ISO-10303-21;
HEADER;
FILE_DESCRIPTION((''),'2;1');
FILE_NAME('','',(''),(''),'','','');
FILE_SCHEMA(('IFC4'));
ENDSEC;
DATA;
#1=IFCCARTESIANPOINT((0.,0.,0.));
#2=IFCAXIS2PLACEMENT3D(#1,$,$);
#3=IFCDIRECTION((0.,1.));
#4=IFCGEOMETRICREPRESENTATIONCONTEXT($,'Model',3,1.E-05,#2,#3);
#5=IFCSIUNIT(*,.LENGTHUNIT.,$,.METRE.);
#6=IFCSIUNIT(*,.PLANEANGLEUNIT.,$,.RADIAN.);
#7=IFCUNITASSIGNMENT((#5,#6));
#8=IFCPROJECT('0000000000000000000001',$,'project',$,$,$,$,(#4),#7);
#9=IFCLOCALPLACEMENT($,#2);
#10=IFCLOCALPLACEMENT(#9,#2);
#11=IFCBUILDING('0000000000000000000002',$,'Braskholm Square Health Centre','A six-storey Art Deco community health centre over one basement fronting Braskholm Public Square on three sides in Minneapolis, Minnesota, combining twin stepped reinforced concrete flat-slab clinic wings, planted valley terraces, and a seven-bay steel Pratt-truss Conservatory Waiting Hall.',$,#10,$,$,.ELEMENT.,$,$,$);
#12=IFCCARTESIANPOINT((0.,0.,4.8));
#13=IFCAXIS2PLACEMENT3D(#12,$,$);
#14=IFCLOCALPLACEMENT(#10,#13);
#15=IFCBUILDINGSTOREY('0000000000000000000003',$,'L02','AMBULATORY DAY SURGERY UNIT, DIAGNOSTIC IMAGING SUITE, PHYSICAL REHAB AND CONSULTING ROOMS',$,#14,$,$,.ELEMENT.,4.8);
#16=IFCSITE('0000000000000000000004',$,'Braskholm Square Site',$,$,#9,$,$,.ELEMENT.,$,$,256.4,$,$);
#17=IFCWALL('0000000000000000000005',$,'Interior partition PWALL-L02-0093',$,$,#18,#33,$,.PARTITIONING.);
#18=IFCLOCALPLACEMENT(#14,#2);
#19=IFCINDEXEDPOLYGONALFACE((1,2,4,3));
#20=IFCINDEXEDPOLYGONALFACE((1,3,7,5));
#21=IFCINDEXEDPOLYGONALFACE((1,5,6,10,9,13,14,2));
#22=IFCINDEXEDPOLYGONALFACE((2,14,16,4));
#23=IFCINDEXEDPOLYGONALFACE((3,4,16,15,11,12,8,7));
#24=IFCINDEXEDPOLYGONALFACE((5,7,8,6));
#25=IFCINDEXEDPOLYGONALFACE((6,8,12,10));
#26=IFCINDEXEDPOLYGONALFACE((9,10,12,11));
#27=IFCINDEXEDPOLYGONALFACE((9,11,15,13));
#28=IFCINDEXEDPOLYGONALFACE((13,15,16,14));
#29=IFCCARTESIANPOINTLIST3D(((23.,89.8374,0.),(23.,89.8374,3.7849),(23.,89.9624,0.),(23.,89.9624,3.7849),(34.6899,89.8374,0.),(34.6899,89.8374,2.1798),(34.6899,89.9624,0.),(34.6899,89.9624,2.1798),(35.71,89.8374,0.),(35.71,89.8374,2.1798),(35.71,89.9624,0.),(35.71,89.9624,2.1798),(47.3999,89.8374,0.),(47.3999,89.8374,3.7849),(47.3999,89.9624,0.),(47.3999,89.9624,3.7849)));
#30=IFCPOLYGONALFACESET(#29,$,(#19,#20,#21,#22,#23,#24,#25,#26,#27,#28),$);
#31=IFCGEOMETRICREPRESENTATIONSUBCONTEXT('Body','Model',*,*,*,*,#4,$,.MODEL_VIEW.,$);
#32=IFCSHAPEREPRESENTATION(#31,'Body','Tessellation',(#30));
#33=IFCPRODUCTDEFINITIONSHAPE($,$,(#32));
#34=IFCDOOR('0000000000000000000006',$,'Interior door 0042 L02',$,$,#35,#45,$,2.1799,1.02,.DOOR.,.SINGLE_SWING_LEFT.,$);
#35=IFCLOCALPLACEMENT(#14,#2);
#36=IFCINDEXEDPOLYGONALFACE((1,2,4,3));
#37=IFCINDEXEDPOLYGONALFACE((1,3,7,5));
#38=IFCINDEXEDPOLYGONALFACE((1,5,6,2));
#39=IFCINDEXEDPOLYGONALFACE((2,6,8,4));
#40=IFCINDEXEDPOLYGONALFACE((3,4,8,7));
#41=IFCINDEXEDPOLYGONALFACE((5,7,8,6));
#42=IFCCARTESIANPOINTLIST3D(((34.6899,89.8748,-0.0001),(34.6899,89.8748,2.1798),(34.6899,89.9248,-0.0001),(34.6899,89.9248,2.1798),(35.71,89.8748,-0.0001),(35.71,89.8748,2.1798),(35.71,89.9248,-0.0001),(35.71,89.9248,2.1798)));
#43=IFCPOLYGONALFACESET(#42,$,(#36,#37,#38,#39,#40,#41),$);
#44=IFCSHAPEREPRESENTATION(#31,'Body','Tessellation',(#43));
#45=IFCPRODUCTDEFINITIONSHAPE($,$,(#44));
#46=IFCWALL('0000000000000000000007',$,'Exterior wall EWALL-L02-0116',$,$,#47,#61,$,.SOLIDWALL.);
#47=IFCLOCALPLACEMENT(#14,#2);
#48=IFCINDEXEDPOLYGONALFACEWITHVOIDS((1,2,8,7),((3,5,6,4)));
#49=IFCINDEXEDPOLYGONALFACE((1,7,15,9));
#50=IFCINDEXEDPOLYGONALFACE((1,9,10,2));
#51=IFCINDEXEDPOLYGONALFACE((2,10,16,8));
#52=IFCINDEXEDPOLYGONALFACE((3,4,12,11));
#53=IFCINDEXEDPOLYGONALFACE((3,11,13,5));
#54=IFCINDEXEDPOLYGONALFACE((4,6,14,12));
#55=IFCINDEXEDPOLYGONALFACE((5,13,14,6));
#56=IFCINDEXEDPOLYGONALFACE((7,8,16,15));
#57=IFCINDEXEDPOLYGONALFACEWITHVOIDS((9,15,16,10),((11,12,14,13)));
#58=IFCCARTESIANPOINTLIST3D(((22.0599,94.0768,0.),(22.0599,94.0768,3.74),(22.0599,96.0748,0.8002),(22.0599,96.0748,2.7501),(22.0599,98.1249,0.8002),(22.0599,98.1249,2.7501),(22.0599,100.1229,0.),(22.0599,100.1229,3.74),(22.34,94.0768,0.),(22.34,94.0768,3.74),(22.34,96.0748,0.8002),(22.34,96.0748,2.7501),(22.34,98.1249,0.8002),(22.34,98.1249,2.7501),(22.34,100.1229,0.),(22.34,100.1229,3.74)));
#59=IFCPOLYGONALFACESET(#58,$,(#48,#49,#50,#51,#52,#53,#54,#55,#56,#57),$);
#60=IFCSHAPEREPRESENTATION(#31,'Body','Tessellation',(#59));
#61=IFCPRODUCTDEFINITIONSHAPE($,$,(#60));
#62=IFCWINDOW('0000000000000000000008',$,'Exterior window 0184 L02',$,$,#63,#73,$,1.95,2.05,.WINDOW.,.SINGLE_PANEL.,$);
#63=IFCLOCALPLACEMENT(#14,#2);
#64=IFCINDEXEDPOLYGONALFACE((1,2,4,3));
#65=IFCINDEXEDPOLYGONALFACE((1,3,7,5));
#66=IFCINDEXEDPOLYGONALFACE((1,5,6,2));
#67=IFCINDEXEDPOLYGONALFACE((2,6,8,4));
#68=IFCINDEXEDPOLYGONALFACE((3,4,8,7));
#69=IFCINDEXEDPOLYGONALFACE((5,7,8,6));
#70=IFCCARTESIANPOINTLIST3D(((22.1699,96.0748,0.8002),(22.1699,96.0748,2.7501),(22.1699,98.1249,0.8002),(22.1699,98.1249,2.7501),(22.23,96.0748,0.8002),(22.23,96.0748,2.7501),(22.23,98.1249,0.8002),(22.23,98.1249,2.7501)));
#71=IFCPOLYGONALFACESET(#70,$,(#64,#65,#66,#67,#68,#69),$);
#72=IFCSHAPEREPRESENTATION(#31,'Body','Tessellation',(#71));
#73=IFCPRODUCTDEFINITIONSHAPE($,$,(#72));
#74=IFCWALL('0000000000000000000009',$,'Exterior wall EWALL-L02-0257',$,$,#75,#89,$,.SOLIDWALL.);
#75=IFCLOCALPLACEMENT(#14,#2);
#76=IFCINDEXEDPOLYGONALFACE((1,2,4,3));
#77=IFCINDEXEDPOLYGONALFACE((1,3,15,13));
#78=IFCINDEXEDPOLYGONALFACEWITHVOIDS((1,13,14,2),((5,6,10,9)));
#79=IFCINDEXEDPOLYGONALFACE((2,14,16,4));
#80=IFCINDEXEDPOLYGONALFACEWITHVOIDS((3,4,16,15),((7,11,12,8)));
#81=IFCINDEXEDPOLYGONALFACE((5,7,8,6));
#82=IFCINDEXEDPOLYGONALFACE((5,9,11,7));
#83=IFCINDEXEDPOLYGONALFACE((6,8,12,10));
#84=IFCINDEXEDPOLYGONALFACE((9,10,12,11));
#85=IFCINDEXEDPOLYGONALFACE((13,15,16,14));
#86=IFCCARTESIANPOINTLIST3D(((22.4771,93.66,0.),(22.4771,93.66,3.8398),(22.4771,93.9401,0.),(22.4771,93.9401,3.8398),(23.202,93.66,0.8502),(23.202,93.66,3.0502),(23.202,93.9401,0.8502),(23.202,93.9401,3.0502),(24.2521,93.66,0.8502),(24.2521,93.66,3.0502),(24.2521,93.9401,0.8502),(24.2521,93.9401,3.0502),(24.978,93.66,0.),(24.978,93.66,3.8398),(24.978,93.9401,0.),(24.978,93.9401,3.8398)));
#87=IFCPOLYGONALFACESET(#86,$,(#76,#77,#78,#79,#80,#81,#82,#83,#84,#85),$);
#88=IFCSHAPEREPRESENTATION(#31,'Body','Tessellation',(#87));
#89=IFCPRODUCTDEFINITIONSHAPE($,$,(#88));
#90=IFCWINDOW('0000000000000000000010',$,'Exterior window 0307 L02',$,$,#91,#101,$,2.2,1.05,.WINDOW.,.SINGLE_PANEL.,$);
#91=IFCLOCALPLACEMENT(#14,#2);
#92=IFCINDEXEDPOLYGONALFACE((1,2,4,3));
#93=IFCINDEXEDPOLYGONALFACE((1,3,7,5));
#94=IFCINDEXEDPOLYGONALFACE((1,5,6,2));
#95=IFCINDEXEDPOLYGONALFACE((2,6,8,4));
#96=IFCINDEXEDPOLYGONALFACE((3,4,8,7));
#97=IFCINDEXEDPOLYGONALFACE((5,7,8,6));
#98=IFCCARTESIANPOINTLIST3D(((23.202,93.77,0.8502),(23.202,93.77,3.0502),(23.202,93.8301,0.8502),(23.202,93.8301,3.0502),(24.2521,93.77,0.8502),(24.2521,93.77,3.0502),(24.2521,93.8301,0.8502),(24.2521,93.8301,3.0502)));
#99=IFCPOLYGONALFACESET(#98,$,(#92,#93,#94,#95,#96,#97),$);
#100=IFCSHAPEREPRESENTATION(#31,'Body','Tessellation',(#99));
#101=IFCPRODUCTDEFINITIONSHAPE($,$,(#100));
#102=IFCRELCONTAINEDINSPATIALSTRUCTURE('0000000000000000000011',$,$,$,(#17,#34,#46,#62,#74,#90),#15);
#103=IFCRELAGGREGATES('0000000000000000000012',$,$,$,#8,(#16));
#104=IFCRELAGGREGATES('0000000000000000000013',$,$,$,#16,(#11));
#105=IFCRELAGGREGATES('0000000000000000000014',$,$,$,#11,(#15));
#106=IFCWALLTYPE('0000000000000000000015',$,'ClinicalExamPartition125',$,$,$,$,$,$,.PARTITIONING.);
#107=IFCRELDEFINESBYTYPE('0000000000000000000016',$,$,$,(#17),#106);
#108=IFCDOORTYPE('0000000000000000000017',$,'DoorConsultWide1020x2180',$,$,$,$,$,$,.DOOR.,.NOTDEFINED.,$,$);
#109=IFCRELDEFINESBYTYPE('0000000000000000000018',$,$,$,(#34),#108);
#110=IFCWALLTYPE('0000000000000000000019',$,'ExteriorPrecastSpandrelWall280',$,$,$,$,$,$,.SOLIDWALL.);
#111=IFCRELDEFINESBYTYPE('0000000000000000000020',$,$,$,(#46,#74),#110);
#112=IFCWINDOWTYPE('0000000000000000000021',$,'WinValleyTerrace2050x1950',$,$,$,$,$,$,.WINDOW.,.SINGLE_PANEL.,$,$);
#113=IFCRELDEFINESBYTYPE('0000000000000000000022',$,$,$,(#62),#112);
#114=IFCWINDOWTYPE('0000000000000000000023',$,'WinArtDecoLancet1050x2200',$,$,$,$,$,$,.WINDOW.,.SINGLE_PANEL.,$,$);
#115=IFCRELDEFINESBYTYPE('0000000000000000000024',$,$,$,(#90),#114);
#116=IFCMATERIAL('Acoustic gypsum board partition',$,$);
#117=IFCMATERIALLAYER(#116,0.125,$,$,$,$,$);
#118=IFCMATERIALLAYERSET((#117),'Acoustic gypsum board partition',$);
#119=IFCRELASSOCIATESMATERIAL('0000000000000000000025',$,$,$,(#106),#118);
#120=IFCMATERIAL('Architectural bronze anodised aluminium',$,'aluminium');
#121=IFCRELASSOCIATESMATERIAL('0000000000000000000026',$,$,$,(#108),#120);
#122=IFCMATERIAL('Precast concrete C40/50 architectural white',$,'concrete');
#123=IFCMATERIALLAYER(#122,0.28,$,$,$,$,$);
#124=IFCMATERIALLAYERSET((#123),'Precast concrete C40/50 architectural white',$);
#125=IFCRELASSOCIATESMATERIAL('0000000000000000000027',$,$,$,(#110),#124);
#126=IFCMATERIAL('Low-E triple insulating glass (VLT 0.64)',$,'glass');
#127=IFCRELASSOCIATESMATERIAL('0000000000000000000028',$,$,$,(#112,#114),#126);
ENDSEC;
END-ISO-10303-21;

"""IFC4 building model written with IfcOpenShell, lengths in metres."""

from ifc_helpers import new_model, si_unit, direction, frame, frame_2d, origin, origin_with_axes, place, context, subcontext, project, spatial, rectangle, extrude, material, layer, layer_set, type_object, element, fill, save


model = new_model("IFC4")

# Units and contexts
model_context = context("Model", 3, precision=1e-05, world=origin(), true_north=direction((0.0, 1.0)))
body_context = subcontext(model_context, "Body", "Model", "MODEL_VIEW")
ifc_project = project(units=[si_unit("LENGTHUNIT", "METRE"), si_unit("PLANEANGLEUNIT", "RADIAN")], contexts=[model_context])

# Site, building, storey
site_placement = place(None, origin())
site = spatial("IfcSite", under=ifc_project, at=site_placement, Name="Braskholm Square Site", CompositionType="ELEMENT", RefElevation=256.4)
building_placement = place(site_placement, origin())
building = spatial("IfcBuilding", under=site, at=building_placement, Name="Braskholm Square Health Centre", Description="A six-storey Art Deco community health centre over one basement fronting Braskholm Public Square on three sides in Minneapolis, Minnesota, combining twin stepped reinforced concrete flat-slab clinic wings, planted valley terraces, and a seven-bay steel Pratt-truss Conservatory Waiting Hall.", CompositionType="ELEMENT")
storey_placement = place(building_placement, frame((0.0, 0.0, 4.8)))
storey = spatial("IfcBuildingStorey", under=building, at=storey_placement, Name="L02", Description="AMBULATORY DAY SURGERY UNIT, DIAGNOSTIC IMAGING SUITE, PHYSICAL REHAB AND CONSULTING ROOMS", CompositionType="ELEMENT", Elevation=4.8)

# Shared definitions
ifc_material_1 = material(Name="Precast concrete C40/50 architectural white", Category="concrete")

# Wall, opening, door
ifc_material_2 = material(Name="Acoustic gypsum board partition")
ifc_layer_1 = layer(ifc_material_2, 0.125)
ifc_layer_set_1 = layer_set([ifc_layer_1], Name="Acoustic gypsum board partition")
wall_type_1 = type_object("IfcWallType", Name="ClinicalExamPartition125", PredefinedType="PARTITIONING", material=ifc_layer_set_1)
wall_1_placement = place(storey_placement, frame((23.0, 89.8999, 0.0), z_axis=(0.0, 0.0, 1.0), x_axis=(1.0, 0.0, 0.0)))
wall_1 = element("IfcWall", 1, at=wall_1_placement, inside=storey, type_object=wall_type_1, Name="Interior partition PWALL-L02-0093", PredefinedType="PARTITIONING", context=body_context, shape_type="SweptSolid", body=[
    extrude(rectangle(XDim=24.3999, YDim=0.125, at=frame_2d((12.2, 0.0))), origin(), (0.0, 0.0, 1.0), 3.7849),
])
opening_1_placement = place(wall_1_placement, frame((11.6899, 0.0, 0.0)))
opening_1 = element("IfcOpeningElement", 2, at=opening_1_placement, cuts=wall_1, PredefinedType="OPENING", context=body_context, shape_type="SweptSolid", body=[
    extrude(rectangle(XDim=1.02, YDim=2.1799, at=frame_2d((0.51, 1.0898))), frame((0.0, 0.0725, 0.0), z_axis=(0.0, -1.0, 0.0), x_axis=(1.0, 0.0, 0.0)), (0.0, 0.0, 1.0), 0.145),
])
ifc_material_3 = material(Name="Architectural bronze anodised aluminium", Category="aluminium")
door_type = type_object("IfcDoorType", Name="DoorConsultWide1020x2180", OperationType="NOTDEFINED", PredefinedType="DOOR", material=ifc_material_3)
door_placement = place(opening_1_placement, origin_with_axes())
door = element("IfcDoor", 3, at=door_placement, inside=storey, type_object=door_type, Name="Interior door 0042 L02", OperationType="SINGLE_SWING_LEFT", OverallHeight=2.1799, OverallWidth=1.02, PredefinedType="DOOR", context=body_context, shape_type="SweptSolid", body=[
    extrude(rectangle(XDim=1.02, YDim=2.1799, at=frame_2d((0.51, 1.0898))), frame((0.0, 0.0249, 0.0), z_axis=(0.0, -1.0, 0.0), x_axis=(1.0, 0.0, 0.0)), (0.0, 0.0, 1.0), 0.05),
])
fill(opening_1, door)

# Walls, openings, windows
ifc_layer_2 = layer(ifc_material_1, 0.28)
ifc_layer_set_2 = layer_set([ifc_layer_2], Name="Precast concrete C40/50 architectural white")
wall_type_2 = type_object("IfcWallType", Name="ExteriorPrecastSpandrelWall280", PredefinedType="SOLIDWALL", material=ifc_layer_set_2)
wall_2_placement = place(storey_placement, frame((22.2, 94.0769, 0.0), z_axis=(0.0, 0.0, 1.0), x_axis=(0.0, 1.0, 0.0)))
wall_2 = element("IfcWall", 4, at=wall_2_placement, inside=storey, type_object=wall_type_2, Name="Exterior wall EWALL-L02-0116", PredefinedType="SOLIDWALL", context=body_context, shape_type="SweptSolid", body=[
    extrude(rectangle(XDim=6.0461, YDim=0.28, at=frame_2d((3.0229, 0.0))), origin(), (0.0, 0.0, 1.0), 3.74),
])
opening_2_placement = place(wall_2_placement, frame((1.998, 0.0, 0.8)))
opening_2 = element("IfcOpeningElement", 5, at=opening_2_placement, cuts=wall_2, PredefinedType="OPENING", context=body_context, shape_type="SweptSolid", body=[
    extrude(rectangle(XDim=2.05, YDim=1.95, at=frame_2d((1.0249, 0.9751))), frame((0.0, 0.1499, 0.0), z_axis=(0.0, -1.0, 0.0), x_axis=(1.0, 0.0, 0.0)), (0.0, 0.0, 1.0), 0.3),
])
ifc_material_4 = material(Name="Low-E triple insulating glass (VLT 0.64)", Category="glass")
window_type_1 = type_object("IfcWindowType", Name="WinValleyTerrace2050x1950", PartitioningType="SINGLE_PANEL", PredefinedType="WINDOW", material=ifc_material_4)
window_1_placement = place(opening_2_placement, origin_with_axes())
window_1 = element("IfcWindow", 6, at=window_1_placement, inside=storey, type_object=window_type_1, Name="Exterior window 0184 L02", OverallHeight=1.95, OverallWidth=2.05, PartitioningType="SINGLE_PANEL", PredefinedType="WINDOW", context=body_context, shape_type="SweptSolid", body=[
    extrude(rectangle(XDim=2.05, YDim=1.95, at=frame_2d((1.0249, 0.9751))), frame((0.0, 0.03, 0.0), z_axis=(0.0, -1.0, 0.0), x_axis=(1.0, 0.0, 0.0)), (0.0, 0.0, 1.0), 0.0601),
])
fill(opening_2, window_1)
wall_3_placement = place(storey_placement, frame((24.978, 93.8, 0.0), z_axis=(0.0, 0.0, 1.0), x_axis=(-1.0, 0.0, 0.0)))
wall_3 = element("IfcWall", 7, at=wall_3_placement, inside=storey, type_object=wall_type_2, Name="Exterior wall EWALL-L02-0257", PredefinedType="SOLIDWALL", context=body_context, shape_type="SweptSolid", body=[
    extrude(rectangle(XDim=2.501, YDim=0.28, at=frame_2d((1.2505, 0.0))), origin(), (0.0, 0.0, 1.0), 3.8398),
])
opening_3_placement = place(wall_3_placement, frame((0.7261, 0.0, 0.8501)))
opening_3 = element("IfcOpeningElement", 8, at=opening_3_placement, cuts=wall_3, PredefinedType="OPENING", context=body_context, shape_type="SweptSolid", body=[
    extrude(rectangle(XDim=1.05, YDim=2.2, at=frame_2d((0.5249, 1.1001))), frame((0.0, 0.1499, 0.0), z_axis=(0.0, -1.0, 0.0), x_axis=(1.0, 0.0, 0.0)), (0.0, 0.0, 1.0), 0.3),
])
window_type_2 = type_object("IfcWindowType", Name="WinArtDecoLancet1050x2200", PartitioningType="SINGLE_PANEL", PredefinedType="WINDOW", material=ifc_material_4)
window_2_placement = place(opening_3_placement, origin_with_axes())
window_2 = element("IfcWindow", 9, at=window_2_placement, inside=storey, type_object=window_type_2, Name="Exterior window 0307 L02", OverallHeight=2.2, OverallWidth=1.05, PartitioningType="SINGLE_PANEL", PredefinedType="WINDOW", context=body_context, shape_type="SweptSolid", body=[
    extrude(rectangle(XDim=1.05, YDim=2.2, at=frame_2d((0.5249, 1.1001))), frame((0.0, 0.03, 0.0), z_axis=(0.0, -1.0, 0.0), x_axis=(1.0, 0.0, 0.0)), (0.0, 0.0, 1.0), 0.0601),
])
fill(opening_3, window_2)

save(model, "model.ifc")
